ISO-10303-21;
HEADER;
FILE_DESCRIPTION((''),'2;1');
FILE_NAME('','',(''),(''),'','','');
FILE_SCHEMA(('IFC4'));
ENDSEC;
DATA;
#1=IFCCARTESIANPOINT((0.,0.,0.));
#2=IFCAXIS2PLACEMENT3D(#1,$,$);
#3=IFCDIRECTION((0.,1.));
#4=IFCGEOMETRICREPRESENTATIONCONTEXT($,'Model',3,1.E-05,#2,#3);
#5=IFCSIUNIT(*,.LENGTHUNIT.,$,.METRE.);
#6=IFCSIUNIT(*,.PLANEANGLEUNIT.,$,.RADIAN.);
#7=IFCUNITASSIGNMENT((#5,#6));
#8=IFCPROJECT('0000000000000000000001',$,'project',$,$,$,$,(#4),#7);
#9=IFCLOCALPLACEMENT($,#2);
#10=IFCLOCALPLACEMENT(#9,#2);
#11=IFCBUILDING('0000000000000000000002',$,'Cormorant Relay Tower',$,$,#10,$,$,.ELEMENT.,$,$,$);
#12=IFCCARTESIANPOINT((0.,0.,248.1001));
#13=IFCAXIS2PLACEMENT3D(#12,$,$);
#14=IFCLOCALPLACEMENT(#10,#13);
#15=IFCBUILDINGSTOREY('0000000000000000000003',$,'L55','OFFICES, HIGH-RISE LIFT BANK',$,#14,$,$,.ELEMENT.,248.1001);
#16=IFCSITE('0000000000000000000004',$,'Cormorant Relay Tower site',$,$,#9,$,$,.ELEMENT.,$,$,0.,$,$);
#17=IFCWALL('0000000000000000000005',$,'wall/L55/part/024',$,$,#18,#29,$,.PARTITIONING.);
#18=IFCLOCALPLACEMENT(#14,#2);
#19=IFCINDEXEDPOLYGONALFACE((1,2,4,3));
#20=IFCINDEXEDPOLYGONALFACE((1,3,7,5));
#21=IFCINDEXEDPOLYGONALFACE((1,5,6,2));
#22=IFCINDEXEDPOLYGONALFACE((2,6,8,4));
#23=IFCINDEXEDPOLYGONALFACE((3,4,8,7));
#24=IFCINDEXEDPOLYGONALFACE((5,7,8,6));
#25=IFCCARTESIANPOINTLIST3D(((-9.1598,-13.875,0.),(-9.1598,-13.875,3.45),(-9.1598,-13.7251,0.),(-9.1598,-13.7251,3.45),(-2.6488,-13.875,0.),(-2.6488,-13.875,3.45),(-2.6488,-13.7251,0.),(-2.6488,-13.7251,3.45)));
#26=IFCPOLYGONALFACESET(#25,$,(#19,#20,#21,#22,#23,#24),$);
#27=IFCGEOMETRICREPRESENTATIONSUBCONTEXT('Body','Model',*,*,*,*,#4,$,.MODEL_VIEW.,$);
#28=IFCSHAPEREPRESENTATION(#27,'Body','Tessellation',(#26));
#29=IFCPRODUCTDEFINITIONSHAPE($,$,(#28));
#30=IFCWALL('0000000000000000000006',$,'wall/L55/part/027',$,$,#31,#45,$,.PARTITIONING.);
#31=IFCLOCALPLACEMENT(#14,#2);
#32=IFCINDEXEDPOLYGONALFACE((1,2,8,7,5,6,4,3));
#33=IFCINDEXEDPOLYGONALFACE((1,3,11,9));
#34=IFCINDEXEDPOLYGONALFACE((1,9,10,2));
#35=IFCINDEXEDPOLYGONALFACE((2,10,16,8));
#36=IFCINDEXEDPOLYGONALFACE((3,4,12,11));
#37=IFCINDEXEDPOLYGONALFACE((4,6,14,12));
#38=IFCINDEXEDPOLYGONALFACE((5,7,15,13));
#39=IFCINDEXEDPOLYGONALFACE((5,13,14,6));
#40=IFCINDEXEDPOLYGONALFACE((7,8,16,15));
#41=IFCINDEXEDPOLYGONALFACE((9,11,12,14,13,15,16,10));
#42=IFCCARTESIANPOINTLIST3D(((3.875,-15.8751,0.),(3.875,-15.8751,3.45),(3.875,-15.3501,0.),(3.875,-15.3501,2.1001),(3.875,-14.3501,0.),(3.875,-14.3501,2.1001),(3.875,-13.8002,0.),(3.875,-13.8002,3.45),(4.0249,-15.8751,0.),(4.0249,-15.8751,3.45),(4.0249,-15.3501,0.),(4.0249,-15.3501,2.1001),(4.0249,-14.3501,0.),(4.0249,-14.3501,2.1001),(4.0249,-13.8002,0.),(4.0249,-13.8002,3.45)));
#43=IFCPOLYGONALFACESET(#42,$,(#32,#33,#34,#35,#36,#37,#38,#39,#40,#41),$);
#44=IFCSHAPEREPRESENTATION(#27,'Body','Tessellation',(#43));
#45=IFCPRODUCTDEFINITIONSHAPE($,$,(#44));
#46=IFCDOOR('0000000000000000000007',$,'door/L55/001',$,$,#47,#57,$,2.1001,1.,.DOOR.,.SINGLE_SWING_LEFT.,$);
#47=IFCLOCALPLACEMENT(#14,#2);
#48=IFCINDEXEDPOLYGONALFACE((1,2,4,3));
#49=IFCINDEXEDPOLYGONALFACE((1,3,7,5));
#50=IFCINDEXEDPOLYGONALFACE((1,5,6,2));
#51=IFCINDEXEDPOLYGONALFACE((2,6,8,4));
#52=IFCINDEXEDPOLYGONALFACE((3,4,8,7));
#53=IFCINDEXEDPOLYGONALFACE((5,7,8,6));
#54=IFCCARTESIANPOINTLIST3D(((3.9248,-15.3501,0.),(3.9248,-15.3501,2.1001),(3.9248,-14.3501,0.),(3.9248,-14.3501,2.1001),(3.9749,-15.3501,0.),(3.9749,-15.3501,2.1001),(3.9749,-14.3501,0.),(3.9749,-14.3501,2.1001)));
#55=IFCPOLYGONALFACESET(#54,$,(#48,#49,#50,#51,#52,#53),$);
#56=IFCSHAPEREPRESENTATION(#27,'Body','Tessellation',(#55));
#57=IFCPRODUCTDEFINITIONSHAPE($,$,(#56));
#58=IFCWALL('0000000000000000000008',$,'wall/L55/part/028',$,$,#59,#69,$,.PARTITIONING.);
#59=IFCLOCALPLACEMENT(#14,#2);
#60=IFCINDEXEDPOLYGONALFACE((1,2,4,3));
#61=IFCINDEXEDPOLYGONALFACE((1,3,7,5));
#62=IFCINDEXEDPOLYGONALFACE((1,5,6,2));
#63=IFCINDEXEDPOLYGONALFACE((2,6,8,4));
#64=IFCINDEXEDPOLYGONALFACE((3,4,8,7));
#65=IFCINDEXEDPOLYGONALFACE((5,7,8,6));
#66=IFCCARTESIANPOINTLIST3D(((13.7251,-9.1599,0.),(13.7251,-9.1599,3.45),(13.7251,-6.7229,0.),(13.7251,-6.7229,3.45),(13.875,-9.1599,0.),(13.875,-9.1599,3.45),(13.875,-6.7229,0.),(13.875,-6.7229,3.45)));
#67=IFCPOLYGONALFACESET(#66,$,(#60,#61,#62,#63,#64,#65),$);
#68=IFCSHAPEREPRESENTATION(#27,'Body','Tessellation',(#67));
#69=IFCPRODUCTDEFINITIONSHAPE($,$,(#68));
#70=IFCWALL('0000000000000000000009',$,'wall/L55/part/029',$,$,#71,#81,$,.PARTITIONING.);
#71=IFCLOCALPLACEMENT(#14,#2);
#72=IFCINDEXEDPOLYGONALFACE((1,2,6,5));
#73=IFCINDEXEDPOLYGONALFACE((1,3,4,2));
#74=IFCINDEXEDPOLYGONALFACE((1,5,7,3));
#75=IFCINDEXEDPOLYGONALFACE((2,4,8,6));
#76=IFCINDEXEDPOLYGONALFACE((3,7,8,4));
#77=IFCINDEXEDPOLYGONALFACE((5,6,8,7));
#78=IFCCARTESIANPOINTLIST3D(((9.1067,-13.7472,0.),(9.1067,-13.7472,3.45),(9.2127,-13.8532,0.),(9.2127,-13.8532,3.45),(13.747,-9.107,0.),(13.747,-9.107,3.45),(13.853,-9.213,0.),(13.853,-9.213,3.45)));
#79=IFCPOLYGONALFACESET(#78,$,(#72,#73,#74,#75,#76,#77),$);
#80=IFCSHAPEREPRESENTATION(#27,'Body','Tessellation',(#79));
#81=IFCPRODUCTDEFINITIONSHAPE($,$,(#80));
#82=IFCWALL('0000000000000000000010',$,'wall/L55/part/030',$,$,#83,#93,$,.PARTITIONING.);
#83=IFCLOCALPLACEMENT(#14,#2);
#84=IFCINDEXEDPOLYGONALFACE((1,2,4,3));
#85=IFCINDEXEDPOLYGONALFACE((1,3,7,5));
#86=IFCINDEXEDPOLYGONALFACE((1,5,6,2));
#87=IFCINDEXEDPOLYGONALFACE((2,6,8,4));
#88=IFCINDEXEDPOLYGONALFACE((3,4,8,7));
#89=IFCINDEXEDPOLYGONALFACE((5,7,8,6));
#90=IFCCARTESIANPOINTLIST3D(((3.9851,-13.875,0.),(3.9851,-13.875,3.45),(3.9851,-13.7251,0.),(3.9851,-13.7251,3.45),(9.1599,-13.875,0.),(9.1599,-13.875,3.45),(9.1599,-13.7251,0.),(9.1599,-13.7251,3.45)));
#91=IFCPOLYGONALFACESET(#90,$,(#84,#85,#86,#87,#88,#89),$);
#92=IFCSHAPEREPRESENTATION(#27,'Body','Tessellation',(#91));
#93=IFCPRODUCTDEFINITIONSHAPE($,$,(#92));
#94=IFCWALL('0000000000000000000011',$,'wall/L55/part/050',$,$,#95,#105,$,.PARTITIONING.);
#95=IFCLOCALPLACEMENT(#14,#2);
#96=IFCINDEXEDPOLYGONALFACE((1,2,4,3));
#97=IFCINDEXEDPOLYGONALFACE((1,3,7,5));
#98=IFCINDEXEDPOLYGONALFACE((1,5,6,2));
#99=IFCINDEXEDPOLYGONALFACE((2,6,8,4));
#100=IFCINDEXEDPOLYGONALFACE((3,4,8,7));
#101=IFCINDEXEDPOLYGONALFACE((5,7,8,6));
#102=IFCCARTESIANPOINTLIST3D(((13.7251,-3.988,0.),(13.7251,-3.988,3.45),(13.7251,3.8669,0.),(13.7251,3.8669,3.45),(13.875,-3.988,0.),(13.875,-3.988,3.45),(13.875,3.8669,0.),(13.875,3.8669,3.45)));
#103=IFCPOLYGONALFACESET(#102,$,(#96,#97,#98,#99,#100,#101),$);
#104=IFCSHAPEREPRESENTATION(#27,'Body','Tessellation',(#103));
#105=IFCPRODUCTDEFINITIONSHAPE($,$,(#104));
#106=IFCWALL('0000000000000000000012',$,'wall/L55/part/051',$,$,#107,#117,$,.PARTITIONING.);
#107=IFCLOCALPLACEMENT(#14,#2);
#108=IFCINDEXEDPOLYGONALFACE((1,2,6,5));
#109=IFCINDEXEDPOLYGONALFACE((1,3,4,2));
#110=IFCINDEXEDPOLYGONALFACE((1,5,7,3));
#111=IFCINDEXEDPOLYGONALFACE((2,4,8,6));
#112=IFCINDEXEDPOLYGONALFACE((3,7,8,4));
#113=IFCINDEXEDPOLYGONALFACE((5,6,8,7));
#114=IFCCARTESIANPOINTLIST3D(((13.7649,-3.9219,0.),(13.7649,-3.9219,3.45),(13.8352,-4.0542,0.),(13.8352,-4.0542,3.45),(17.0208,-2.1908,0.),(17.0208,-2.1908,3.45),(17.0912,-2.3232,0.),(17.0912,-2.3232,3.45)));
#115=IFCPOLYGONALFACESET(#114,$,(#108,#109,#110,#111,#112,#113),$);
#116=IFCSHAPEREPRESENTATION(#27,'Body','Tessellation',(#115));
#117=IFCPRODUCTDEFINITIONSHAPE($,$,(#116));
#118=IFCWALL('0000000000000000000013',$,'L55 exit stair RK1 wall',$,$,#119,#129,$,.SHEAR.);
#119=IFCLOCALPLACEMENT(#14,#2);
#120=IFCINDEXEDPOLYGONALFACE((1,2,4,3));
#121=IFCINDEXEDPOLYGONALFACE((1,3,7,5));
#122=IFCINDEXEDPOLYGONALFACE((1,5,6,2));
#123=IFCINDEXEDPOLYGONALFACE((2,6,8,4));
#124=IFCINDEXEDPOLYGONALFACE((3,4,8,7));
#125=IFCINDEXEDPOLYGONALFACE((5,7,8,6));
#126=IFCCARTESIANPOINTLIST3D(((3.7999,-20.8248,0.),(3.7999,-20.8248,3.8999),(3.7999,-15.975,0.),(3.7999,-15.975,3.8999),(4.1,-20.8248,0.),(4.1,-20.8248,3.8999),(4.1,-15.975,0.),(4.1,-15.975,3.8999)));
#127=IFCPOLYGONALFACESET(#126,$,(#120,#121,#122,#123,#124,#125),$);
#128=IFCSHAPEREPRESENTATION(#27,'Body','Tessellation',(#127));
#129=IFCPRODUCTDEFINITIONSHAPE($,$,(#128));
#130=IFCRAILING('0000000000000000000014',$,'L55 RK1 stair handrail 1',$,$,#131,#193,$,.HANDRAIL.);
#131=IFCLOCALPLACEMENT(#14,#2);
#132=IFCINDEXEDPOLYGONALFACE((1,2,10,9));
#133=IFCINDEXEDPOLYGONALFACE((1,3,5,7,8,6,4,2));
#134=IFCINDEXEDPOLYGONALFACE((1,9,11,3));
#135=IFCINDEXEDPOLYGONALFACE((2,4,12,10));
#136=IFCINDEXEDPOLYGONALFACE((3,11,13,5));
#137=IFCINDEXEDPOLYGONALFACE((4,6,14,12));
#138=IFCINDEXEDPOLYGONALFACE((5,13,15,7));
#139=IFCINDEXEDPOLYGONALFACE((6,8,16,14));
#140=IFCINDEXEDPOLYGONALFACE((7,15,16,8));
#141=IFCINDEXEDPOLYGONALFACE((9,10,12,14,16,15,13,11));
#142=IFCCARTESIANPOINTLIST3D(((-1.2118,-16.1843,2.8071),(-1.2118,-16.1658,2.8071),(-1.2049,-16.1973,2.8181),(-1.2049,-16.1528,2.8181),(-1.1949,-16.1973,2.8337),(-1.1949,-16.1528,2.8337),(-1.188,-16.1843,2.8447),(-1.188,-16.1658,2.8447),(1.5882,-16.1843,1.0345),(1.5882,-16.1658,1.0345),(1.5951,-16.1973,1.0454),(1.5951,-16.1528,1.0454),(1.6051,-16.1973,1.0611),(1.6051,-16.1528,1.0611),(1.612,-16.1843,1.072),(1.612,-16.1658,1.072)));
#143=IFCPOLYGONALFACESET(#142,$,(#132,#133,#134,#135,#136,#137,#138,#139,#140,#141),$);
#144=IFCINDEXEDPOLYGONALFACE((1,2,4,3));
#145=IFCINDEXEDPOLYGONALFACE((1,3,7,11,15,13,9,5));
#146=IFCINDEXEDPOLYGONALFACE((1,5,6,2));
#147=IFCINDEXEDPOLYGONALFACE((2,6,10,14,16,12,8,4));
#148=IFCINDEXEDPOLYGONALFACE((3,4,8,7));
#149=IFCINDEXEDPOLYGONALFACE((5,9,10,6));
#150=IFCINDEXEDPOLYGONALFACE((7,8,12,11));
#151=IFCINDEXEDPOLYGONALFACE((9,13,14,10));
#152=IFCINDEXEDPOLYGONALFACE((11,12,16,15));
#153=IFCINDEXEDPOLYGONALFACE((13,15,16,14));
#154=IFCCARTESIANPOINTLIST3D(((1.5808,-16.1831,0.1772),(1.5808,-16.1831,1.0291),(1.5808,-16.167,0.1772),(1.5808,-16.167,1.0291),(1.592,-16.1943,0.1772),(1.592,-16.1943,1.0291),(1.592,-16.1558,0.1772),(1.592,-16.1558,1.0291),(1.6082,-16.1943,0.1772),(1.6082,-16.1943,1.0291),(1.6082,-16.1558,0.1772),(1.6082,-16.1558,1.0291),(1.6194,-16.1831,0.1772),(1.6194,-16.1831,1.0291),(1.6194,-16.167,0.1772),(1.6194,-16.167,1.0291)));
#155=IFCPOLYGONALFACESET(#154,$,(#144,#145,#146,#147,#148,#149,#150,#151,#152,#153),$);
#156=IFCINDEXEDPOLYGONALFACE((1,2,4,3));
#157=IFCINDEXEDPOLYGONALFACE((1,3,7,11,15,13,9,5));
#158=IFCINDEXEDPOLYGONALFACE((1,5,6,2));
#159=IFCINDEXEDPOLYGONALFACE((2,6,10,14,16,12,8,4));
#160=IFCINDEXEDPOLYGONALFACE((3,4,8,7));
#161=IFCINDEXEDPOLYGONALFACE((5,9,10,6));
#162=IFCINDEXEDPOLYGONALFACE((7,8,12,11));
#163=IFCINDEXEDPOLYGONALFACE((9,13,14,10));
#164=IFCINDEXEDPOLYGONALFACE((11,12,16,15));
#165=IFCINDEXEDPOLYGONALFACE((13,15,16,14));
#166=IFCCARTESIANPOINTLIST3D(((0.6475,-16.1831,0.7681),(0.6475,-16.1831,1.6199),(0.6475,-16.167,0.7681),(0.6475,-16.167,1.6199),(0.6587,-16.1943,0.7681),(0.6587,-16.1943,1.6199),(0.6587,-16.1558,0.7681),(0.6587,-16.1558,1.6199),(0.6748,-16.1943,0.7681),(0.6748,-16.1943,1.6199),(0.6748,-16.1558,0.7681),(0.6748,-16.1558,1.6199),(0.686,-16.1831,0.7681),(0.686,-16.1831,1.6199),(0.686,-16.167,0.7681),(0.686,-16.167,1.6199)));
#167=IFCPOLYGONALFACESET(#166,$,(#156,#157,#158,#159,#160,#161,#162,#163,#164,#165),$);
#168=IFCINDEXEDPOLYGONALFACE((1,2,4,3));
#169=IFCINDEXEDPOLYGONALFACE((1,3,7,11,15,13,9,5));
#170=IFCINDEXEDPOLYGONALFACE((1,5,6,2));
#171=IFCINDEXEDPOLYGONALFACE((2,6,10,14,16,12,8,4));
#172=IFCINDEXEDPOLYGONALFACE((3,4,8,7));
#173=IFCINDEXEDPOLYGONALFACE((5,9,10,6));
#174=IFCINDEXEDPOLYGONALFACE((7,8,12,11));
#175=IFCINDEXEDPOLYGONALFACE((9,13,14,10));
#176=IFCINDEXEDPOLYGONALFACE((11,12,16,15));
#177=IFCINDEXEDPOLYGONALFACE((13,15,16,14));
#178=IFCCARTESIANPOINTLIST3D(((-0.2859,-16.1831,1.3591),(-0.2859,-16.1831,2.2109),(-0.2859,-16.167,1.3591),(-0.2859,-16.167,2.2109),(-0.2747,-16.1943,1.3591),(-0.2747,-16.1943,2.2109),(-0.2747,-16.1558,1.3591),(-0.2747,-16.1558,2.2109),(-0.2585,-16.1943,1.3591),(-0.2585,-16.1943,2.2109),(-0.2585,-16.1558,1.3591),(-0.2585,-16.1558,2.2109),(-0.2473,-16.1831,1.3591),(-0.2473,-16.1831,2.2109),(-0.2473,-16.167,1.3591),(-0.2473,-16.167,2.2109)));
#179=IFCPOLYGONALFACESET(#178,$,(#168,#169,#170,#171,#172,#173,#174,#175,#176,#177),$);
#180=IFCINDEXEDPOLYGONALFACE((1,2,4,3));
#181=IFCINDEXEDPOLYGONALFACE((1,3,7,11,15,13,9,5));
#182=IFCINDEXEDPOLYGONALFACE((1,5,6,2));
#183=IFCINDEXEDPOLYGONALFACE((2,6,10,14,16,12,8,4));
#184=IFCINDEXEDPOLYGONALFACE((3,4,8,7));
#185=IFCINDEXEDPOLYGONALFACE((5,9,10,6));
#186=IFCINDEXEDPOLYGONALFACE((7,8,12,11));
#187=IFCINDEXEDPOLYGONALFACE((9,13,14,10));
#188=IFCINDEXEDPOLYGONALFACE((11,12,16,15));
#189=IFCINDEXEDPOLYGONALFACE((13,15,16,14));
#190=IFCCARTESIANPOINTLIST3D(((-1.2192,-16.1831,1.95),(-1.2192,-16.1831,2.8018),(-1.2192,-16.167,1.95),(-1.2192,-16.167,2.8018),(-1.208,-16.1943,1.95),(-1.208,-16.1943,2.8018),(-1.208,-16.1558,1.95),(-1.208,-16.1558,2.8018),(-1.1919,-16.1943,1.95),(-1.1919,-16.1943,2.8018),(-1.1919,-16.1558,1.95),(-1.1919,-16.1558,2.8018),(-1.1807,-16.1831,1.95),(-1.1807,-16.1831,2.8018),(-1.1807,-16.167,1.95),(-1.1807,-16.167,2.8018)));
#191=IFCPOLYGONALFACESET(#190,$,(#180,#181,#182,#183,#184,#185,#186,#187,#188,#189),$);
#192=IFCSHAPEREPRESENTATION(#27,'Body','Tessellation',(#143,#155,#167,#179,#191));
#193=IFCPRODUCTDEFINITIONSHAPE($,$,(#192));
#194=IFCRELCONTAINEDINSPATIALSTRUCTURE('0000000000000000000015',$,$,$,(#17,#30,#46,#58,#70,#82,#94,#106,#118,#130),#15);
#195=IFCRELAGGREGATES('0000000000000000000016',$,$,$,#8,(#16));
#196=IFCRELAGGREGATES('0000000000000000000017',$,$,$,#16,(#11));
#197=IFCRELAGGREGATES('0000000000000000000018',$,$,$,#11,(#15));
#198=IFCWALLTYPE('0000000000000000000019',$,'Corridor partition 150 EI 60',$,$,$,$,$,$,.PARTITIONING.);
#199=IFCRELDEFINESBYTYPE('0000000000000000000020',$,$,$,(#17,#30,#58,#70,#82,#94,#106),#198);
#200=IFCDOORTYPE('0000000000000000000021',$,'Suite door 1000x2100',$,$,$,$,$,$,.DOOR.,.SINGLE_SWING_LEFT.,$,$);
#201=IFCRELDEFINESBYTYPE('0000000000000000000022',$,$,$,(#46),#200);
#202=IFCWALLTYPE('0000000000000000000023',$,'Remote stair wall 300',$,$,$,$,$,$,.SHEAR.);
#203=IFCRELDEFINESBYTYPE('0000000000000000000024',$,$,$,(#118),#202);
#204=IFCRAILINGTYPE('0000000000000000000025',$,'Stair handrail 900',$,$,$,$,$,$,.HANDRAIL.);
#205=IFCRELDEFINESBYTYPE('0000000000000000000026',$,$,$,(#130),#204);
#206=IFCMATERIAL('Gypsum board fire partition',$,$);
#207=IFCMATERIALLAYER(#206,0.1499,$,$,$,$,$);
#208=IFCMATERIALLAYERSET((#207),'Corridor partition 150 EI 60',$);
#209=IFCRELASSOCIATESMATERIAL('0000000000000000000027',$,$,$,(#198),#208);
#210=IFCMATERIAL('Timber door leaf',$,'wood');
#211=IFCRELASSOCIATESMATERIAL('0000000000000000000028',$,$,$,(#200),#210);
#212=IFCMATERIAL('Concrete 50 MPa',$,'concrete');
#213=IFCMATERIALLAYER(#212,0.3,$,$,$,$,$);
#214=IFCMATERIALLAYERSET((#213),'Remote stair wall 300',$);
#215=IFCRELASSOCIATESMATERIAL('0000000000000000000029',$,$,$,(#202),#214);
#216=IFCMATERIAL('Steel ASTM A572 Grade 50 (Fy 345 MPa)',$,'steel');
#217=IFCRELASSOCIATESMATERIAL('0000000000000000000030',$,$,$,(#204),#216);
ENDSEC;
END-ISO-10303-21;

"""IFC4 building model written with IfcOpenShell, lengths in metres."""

from ifc_helpers import new_model, si_unit, direction, frame, frame_2d, origin, place, context, subcontext, project, spatial, polyline, rectangle, outline, extrude, material, layer, layer_set, type_object, element, fill, save


model = new_model("IFC4")

# Units and contexts
model_context = context("Model", 3, precision=1e-05, world=origin(), true_north=direction((0.0, 1.0)))
body_context = subcontext(model_context, "Body", "Model", "MODEL_VIEW")
ifc_project = project(units=[si_unit("LENGTHUNIT", "METRE"), si_unit("PLANEANGLEUNIT", "RADIAN")], contexts=[model_context])

# Site, building, storey
site_placement = place(None, origin())
site = spatial("IfcSite", under=ifc_project, at=site_placement, Name="Cormorant Relay Tower site", CompositionType="ELEMENT", RefElevation=0.0)
building_placement = place(site_placement, origin())
building = spatial("IfcBuilding", under=site, at=building_placement, Name="Cormorant Relay Tower", CompositionType="ELEMENT")
storey_placement = place(building_placement, frame((0.0, 0.0, 248.1001)))
storey = spatial("IfcBuildingStorey", under=building, at=storey_placement, Name="L55", Description="OFFICES, HIGH-RISE LIFT BANK", CompositionType="ELEMENT", Elevation=248.1001)

# Wall
ifc_material_1 = material(Name="Gypsum board fire partition")
ifc_layer_1 = layer(ifc_material_1, 0.1499)
ifc_layer_set_1 = layer_set([ifc_layer_1], Name="Corridor partition 150 EI 60")
wall_type_1 = type_object("IfcWallType", Name="Corridor partition 150 EI 60", PredefinedType="PARTITIONING", material=ifc_layer_set_1)
wall_1_placement = place(storey_placement, frame((-2.6489, -13.8, 0.0), z_axis=(0.0, 0.0, 1.0), x_axis=(-1.0, 0.0, 0.0)))
element("IfcWall", 1, at=wall_1_placement, inside=storey, type_object=wall_type_1, Name="wall/L55/part/024", PredefinedType="PARTITIONING", context=body_context, shape_type="SweptSolid", body=[
    extrude(rectangle(XDim=6.511, YDim=0.1499, at=frame_2d((3.2554, 0.0))), origin(), (0.0, 0.0, 1.0), 3.45),
])

# Wall, opening, door
wall_2_placement = place(storey_placement, frame((3.95, -13.8, 0.0), z_axis=(0.0, 0.0, 1.0), x_axis=(0.0, -1.0, 0.0)))
wall_2 = element("IfcWall", 2, at=wall_2_placement, inside=storey, type_object=wall_type_1, Name="wall/L55/part/027", PredefinedType="PARTITIONING", context=body_context, shape_type="SweptSolid", body=[
    extrude(rectangle(XDim=2.075, YDim=0.1499, at=frame_2d((1.0376, 0.0))), origin(), (0.0, 0.0, 1.0), 3.45),
])
opening_placement = place(wall_2_placement, frame((0.55, 0.0, 0.0)))
opening = element("IfcOpeningElement", 3, at=opening_placement, cuts=wall_2, PredefinedType="OPENING", context=body_context, shape_type="SweptSolid", body=[
    extrude(rectangle(XDim=1.0, YDim=2.1001, at=frame_2d((0.5, 1.05))), frame((0.0, 0.085, 0.0), z_axis=(0.0, -1.0, 0.0), x_axis=(1.0, 0.0, 0.0)), (0.0, 0.0, 1.0), 0.1699),
])
ifc_material_2 = material(Name="Timber door leaf", Category="wood")
door_type = type_object("IfcDoorType", Name="Suite door 1000x2100", OperationType="SINGLE_SWING_LEFT", PredefinedType="DOOR", material=ifc_material_2)
door_placement = place(opening_placement, origin())
door = element("IfcDoor", 4, at=door_placement, inside=storey, type_object=door_type, Name="door/L55/001", OperationType="SINGLE_SWING_LEFT", OverallHeight=2.1001, OverallWidth=1.0, PredefinedType="DOOR", context=body_context, shape_type="SweptSolid", body=[
    extrude(rectangle(XDim=1.0, YDim=2.1001, at=frame_2d((0.5, 1.05))), frame((0.0, 0.0249, 0.0), z_axis=(0.0, -1.0, 0.0), x_axis=(1.0, 0.0, 0.0)), (0.0, 0.0, 1.0), 0.05),
])
fill(opening, door)

# Walls
wall_3_placement = place(storey_placement, frame((13.8, -6.7229, 0.0), z_axis=(0.0, 0.0, 1.0), x_axis=(0.0, -1.0, 0.0)))
element("IfcWall", 5, at=wall_3_placement, inside=storey, type_object=wall_type_1, Name="wall/L55/part/028", PredefinedType="PARTITIONING", context=body_context, shape_type="SweptSolid", body=[
    extrude(rectangle(XDim=2.437, YDim=0.1499, at=frame_2d((1.2185, 0.0))), origin(), (0.0, 0.0, 1.0), 3.45),
])
wall_4_placement = place(storey_placement, frame((13.8, -9.1599, 0.0), z_axis=(0.0, 0.0, 1.0), x_axis=(-0.707107, -0.707107, 0.0)))
element("IfcWall", 6, at=wall_4_placement, inside=storey, type_object=wall_type_1, Name="wall/L55/part/029", PredefinedType="PARTITIONING", context=body_context, shape_type="SweptSolid", body=[
    extrude(rectangle(XDim=6.5623, YDim=0.1499, at=frame_2d((3.2812, 0.0))), origin(), (0.0, 0.0, 1.0), 3.45),
])
wall_5_placement = place(storey_placement, frame((9.1599, -13.8, 0.0), z_axis=(0.0, 0.0, 1.0), x_axis=(-1.0, 0.0, 0.0)))
element("IfcWall", 7, at=wall_5_placement, inside=storey, type_object=wall_type_1, Name="wall/L55/part/030", PredefinedType="PARTITIONING", context=body_context, shape_type="SweptSolid", body=[
    extrude(rectangle(XDim=5.1748, YDim=0.1499, at=frame_2d((2.5874, 0.0))), origin(), (0.0, 0.0, 1.0), 3.45),
])
wall_6_placement = place(storey_placement, frame((13.8, 3.8669, 0.0), z_axis=(0.0, 0.0, 1.0), x_axis=(0.0, -1.0, 0.0)))
element("IfcWall", 8, at=wall_6_placement, inside=storey, type_object=wall_type_1, Name="wall/L55/part/050", PredefinedType="PARTITIONING", context=body_context, shape_type="SweptSolid", body=[
    extrude(rectangle(XDim=7.855, YDim=0.1499, at=frame_2d((3.9275, 0.0))), origin(), (0.0, 0.0, 1.0), 3.45),
])
wall_7_placement = place(storey_placement, frame((13.8, -3.988, 0.0), z_axis=(0.0, 0.0, 1.0), x_axis=(0.882972, 0.469426, 0.0)))
element("IfcWall", 9, at=wall_7_placement, inside=storey, type_object=wall_type_1, Name="wall/L55/part/051", PredefinedType="PARTITIONING", context=body_context, shape_type="SweptSolid", body=[
    extrude(rectangle(XDim=3.6875, YDim=0.1499, at=frame_2d((1.8438, 0.0))), origin(), (0.0, 0.0, 1.0), 3.45),
])
ifc_material_3 = material(Name="Concrete 50 MPa", Category="concrete")
ifc_layer_2 = layer(ifc_material_3, 0.3)
ifc_layer_set_2 = layer_set([ifc_layer_2], Name="Remote stair wall 300")
wall_type_2 = type_object("IfcWallType", Name="Remote stair wall 300", PredefinedType="SHEAR", material=ifc_layer_set_2)
wall_8_placement = place(storey_placement, frame((3.95, -15.9751, 0.0), z_axis=(0.0, 0.0, 1.0), x_axis=(0.0, -1.0, 0.0)))
element("IfcWall", 10, at=wall_8_placement, inside=storey, type_object=wall_type_2, Name="L55 exit stair RK1 wall", PredefinedType="SHEAR", context=body_context, shape_type="SweptSolid", body=[
    extrude(rectangle(XDim=4.8499, YDim=0.3, at=frame_2d((2.4248, 0.0))), origin(), (0.0, 0.0, 1.0), 3.8999),
])

# Railing
ifc_material_4 = material(Name="Steel ASTM A572 Grade 50 (Fy 345 MPa)", Category="steel")
railing_type = type_object("IfcRailingType", Name="Stair handrail 900", PredefinedType="HANDRAIL", material=ifc_material_4)
railing_placement = place(storey_placement, frame((1.6001, -16.175, 0.1772)))
element("IfcRailing", 11, at=railing_placement, inside=storey, type_object=railing_type, Name="L55 RK1 stair handrail 1", PredefinedType="HANDRAIL", context=body_context, shape_type="SweptSolid", body=[
    extrude(outline(polyline([(0.0222, 0.0093), (0.0093, 0.0222), (-0.0093, 0.0222), (-0.0222, 0.0093), (-0.0222, -0.0093), (-0.0093, -0.0222), (0.0093, -0.0222), (0.0222, -0.0093), (0.0222, 0.0093)])), frame((0.0, 0.0, 0.876), z_axis=(-0.844909, 0.0, 0.53491), x_axis=(0.0, -1.0, 0.0)), (0.0, 0.0, 1.0), 3.314),
    extrude(outline(polyline([(0.0193, 0.0081), (0.0081, 0.0193), (-0.0081, 0.0193), (-0.0193, 0.0081), (-0.0193, -0.0081), (-0.0081, -0.0193), (0.0081, -0.0193), (0.0193, -0.0081), (0.0193, 0.0081)])), origin(), (0.0, 0.0, 1.0), 0.8518),
    extrude(outline(polyline([(0.0193, 0.0081), (0.0081, 0.0193), (-0.0081, 0.0193), (-0.0193, 0.0081), (-0.0193, -0.0081), (-0.0081, -0.0193), (0.0081, -0.0193), (0.0193, -0.0081), (0.0193, 0.0081)])), frame((-0.9333, 0.0, 0.5908)), (0.0, 0.0, 1.0), 0.8518),
    extrude(outline(polyline([(0.0193, 0.0081), (0.0081, 0.0193), (-0.0081, 0.0193), (-0.0193, 0.0081), (-0.0193, -0.0081), (-0.0081, -0.0193), (0.0081, -0.0193), (0.0193, -0.0081), (0.0193, 0.0081)])), frame((-1.8667, 0.0, 1.1819)), (0.0, 0.0, 1.0), 0.8518),
    extrude(outline(polyline([(0.0193, 0.0081), (0.0081, 0.0193), (-0.0081, 0.0193), (-0.0193, 0.0081), (-0.0193, -0.0081), (-0.0081, -0.0193), (0.0081, -0.0193), (0.0193, -0.0081), (0.0193, 0.0081)])), frame((-2.8, 0.0, 1.7727)), (0.0, 0.0, 1.0), 0.8518),
])

save(model, "model.ifc")
